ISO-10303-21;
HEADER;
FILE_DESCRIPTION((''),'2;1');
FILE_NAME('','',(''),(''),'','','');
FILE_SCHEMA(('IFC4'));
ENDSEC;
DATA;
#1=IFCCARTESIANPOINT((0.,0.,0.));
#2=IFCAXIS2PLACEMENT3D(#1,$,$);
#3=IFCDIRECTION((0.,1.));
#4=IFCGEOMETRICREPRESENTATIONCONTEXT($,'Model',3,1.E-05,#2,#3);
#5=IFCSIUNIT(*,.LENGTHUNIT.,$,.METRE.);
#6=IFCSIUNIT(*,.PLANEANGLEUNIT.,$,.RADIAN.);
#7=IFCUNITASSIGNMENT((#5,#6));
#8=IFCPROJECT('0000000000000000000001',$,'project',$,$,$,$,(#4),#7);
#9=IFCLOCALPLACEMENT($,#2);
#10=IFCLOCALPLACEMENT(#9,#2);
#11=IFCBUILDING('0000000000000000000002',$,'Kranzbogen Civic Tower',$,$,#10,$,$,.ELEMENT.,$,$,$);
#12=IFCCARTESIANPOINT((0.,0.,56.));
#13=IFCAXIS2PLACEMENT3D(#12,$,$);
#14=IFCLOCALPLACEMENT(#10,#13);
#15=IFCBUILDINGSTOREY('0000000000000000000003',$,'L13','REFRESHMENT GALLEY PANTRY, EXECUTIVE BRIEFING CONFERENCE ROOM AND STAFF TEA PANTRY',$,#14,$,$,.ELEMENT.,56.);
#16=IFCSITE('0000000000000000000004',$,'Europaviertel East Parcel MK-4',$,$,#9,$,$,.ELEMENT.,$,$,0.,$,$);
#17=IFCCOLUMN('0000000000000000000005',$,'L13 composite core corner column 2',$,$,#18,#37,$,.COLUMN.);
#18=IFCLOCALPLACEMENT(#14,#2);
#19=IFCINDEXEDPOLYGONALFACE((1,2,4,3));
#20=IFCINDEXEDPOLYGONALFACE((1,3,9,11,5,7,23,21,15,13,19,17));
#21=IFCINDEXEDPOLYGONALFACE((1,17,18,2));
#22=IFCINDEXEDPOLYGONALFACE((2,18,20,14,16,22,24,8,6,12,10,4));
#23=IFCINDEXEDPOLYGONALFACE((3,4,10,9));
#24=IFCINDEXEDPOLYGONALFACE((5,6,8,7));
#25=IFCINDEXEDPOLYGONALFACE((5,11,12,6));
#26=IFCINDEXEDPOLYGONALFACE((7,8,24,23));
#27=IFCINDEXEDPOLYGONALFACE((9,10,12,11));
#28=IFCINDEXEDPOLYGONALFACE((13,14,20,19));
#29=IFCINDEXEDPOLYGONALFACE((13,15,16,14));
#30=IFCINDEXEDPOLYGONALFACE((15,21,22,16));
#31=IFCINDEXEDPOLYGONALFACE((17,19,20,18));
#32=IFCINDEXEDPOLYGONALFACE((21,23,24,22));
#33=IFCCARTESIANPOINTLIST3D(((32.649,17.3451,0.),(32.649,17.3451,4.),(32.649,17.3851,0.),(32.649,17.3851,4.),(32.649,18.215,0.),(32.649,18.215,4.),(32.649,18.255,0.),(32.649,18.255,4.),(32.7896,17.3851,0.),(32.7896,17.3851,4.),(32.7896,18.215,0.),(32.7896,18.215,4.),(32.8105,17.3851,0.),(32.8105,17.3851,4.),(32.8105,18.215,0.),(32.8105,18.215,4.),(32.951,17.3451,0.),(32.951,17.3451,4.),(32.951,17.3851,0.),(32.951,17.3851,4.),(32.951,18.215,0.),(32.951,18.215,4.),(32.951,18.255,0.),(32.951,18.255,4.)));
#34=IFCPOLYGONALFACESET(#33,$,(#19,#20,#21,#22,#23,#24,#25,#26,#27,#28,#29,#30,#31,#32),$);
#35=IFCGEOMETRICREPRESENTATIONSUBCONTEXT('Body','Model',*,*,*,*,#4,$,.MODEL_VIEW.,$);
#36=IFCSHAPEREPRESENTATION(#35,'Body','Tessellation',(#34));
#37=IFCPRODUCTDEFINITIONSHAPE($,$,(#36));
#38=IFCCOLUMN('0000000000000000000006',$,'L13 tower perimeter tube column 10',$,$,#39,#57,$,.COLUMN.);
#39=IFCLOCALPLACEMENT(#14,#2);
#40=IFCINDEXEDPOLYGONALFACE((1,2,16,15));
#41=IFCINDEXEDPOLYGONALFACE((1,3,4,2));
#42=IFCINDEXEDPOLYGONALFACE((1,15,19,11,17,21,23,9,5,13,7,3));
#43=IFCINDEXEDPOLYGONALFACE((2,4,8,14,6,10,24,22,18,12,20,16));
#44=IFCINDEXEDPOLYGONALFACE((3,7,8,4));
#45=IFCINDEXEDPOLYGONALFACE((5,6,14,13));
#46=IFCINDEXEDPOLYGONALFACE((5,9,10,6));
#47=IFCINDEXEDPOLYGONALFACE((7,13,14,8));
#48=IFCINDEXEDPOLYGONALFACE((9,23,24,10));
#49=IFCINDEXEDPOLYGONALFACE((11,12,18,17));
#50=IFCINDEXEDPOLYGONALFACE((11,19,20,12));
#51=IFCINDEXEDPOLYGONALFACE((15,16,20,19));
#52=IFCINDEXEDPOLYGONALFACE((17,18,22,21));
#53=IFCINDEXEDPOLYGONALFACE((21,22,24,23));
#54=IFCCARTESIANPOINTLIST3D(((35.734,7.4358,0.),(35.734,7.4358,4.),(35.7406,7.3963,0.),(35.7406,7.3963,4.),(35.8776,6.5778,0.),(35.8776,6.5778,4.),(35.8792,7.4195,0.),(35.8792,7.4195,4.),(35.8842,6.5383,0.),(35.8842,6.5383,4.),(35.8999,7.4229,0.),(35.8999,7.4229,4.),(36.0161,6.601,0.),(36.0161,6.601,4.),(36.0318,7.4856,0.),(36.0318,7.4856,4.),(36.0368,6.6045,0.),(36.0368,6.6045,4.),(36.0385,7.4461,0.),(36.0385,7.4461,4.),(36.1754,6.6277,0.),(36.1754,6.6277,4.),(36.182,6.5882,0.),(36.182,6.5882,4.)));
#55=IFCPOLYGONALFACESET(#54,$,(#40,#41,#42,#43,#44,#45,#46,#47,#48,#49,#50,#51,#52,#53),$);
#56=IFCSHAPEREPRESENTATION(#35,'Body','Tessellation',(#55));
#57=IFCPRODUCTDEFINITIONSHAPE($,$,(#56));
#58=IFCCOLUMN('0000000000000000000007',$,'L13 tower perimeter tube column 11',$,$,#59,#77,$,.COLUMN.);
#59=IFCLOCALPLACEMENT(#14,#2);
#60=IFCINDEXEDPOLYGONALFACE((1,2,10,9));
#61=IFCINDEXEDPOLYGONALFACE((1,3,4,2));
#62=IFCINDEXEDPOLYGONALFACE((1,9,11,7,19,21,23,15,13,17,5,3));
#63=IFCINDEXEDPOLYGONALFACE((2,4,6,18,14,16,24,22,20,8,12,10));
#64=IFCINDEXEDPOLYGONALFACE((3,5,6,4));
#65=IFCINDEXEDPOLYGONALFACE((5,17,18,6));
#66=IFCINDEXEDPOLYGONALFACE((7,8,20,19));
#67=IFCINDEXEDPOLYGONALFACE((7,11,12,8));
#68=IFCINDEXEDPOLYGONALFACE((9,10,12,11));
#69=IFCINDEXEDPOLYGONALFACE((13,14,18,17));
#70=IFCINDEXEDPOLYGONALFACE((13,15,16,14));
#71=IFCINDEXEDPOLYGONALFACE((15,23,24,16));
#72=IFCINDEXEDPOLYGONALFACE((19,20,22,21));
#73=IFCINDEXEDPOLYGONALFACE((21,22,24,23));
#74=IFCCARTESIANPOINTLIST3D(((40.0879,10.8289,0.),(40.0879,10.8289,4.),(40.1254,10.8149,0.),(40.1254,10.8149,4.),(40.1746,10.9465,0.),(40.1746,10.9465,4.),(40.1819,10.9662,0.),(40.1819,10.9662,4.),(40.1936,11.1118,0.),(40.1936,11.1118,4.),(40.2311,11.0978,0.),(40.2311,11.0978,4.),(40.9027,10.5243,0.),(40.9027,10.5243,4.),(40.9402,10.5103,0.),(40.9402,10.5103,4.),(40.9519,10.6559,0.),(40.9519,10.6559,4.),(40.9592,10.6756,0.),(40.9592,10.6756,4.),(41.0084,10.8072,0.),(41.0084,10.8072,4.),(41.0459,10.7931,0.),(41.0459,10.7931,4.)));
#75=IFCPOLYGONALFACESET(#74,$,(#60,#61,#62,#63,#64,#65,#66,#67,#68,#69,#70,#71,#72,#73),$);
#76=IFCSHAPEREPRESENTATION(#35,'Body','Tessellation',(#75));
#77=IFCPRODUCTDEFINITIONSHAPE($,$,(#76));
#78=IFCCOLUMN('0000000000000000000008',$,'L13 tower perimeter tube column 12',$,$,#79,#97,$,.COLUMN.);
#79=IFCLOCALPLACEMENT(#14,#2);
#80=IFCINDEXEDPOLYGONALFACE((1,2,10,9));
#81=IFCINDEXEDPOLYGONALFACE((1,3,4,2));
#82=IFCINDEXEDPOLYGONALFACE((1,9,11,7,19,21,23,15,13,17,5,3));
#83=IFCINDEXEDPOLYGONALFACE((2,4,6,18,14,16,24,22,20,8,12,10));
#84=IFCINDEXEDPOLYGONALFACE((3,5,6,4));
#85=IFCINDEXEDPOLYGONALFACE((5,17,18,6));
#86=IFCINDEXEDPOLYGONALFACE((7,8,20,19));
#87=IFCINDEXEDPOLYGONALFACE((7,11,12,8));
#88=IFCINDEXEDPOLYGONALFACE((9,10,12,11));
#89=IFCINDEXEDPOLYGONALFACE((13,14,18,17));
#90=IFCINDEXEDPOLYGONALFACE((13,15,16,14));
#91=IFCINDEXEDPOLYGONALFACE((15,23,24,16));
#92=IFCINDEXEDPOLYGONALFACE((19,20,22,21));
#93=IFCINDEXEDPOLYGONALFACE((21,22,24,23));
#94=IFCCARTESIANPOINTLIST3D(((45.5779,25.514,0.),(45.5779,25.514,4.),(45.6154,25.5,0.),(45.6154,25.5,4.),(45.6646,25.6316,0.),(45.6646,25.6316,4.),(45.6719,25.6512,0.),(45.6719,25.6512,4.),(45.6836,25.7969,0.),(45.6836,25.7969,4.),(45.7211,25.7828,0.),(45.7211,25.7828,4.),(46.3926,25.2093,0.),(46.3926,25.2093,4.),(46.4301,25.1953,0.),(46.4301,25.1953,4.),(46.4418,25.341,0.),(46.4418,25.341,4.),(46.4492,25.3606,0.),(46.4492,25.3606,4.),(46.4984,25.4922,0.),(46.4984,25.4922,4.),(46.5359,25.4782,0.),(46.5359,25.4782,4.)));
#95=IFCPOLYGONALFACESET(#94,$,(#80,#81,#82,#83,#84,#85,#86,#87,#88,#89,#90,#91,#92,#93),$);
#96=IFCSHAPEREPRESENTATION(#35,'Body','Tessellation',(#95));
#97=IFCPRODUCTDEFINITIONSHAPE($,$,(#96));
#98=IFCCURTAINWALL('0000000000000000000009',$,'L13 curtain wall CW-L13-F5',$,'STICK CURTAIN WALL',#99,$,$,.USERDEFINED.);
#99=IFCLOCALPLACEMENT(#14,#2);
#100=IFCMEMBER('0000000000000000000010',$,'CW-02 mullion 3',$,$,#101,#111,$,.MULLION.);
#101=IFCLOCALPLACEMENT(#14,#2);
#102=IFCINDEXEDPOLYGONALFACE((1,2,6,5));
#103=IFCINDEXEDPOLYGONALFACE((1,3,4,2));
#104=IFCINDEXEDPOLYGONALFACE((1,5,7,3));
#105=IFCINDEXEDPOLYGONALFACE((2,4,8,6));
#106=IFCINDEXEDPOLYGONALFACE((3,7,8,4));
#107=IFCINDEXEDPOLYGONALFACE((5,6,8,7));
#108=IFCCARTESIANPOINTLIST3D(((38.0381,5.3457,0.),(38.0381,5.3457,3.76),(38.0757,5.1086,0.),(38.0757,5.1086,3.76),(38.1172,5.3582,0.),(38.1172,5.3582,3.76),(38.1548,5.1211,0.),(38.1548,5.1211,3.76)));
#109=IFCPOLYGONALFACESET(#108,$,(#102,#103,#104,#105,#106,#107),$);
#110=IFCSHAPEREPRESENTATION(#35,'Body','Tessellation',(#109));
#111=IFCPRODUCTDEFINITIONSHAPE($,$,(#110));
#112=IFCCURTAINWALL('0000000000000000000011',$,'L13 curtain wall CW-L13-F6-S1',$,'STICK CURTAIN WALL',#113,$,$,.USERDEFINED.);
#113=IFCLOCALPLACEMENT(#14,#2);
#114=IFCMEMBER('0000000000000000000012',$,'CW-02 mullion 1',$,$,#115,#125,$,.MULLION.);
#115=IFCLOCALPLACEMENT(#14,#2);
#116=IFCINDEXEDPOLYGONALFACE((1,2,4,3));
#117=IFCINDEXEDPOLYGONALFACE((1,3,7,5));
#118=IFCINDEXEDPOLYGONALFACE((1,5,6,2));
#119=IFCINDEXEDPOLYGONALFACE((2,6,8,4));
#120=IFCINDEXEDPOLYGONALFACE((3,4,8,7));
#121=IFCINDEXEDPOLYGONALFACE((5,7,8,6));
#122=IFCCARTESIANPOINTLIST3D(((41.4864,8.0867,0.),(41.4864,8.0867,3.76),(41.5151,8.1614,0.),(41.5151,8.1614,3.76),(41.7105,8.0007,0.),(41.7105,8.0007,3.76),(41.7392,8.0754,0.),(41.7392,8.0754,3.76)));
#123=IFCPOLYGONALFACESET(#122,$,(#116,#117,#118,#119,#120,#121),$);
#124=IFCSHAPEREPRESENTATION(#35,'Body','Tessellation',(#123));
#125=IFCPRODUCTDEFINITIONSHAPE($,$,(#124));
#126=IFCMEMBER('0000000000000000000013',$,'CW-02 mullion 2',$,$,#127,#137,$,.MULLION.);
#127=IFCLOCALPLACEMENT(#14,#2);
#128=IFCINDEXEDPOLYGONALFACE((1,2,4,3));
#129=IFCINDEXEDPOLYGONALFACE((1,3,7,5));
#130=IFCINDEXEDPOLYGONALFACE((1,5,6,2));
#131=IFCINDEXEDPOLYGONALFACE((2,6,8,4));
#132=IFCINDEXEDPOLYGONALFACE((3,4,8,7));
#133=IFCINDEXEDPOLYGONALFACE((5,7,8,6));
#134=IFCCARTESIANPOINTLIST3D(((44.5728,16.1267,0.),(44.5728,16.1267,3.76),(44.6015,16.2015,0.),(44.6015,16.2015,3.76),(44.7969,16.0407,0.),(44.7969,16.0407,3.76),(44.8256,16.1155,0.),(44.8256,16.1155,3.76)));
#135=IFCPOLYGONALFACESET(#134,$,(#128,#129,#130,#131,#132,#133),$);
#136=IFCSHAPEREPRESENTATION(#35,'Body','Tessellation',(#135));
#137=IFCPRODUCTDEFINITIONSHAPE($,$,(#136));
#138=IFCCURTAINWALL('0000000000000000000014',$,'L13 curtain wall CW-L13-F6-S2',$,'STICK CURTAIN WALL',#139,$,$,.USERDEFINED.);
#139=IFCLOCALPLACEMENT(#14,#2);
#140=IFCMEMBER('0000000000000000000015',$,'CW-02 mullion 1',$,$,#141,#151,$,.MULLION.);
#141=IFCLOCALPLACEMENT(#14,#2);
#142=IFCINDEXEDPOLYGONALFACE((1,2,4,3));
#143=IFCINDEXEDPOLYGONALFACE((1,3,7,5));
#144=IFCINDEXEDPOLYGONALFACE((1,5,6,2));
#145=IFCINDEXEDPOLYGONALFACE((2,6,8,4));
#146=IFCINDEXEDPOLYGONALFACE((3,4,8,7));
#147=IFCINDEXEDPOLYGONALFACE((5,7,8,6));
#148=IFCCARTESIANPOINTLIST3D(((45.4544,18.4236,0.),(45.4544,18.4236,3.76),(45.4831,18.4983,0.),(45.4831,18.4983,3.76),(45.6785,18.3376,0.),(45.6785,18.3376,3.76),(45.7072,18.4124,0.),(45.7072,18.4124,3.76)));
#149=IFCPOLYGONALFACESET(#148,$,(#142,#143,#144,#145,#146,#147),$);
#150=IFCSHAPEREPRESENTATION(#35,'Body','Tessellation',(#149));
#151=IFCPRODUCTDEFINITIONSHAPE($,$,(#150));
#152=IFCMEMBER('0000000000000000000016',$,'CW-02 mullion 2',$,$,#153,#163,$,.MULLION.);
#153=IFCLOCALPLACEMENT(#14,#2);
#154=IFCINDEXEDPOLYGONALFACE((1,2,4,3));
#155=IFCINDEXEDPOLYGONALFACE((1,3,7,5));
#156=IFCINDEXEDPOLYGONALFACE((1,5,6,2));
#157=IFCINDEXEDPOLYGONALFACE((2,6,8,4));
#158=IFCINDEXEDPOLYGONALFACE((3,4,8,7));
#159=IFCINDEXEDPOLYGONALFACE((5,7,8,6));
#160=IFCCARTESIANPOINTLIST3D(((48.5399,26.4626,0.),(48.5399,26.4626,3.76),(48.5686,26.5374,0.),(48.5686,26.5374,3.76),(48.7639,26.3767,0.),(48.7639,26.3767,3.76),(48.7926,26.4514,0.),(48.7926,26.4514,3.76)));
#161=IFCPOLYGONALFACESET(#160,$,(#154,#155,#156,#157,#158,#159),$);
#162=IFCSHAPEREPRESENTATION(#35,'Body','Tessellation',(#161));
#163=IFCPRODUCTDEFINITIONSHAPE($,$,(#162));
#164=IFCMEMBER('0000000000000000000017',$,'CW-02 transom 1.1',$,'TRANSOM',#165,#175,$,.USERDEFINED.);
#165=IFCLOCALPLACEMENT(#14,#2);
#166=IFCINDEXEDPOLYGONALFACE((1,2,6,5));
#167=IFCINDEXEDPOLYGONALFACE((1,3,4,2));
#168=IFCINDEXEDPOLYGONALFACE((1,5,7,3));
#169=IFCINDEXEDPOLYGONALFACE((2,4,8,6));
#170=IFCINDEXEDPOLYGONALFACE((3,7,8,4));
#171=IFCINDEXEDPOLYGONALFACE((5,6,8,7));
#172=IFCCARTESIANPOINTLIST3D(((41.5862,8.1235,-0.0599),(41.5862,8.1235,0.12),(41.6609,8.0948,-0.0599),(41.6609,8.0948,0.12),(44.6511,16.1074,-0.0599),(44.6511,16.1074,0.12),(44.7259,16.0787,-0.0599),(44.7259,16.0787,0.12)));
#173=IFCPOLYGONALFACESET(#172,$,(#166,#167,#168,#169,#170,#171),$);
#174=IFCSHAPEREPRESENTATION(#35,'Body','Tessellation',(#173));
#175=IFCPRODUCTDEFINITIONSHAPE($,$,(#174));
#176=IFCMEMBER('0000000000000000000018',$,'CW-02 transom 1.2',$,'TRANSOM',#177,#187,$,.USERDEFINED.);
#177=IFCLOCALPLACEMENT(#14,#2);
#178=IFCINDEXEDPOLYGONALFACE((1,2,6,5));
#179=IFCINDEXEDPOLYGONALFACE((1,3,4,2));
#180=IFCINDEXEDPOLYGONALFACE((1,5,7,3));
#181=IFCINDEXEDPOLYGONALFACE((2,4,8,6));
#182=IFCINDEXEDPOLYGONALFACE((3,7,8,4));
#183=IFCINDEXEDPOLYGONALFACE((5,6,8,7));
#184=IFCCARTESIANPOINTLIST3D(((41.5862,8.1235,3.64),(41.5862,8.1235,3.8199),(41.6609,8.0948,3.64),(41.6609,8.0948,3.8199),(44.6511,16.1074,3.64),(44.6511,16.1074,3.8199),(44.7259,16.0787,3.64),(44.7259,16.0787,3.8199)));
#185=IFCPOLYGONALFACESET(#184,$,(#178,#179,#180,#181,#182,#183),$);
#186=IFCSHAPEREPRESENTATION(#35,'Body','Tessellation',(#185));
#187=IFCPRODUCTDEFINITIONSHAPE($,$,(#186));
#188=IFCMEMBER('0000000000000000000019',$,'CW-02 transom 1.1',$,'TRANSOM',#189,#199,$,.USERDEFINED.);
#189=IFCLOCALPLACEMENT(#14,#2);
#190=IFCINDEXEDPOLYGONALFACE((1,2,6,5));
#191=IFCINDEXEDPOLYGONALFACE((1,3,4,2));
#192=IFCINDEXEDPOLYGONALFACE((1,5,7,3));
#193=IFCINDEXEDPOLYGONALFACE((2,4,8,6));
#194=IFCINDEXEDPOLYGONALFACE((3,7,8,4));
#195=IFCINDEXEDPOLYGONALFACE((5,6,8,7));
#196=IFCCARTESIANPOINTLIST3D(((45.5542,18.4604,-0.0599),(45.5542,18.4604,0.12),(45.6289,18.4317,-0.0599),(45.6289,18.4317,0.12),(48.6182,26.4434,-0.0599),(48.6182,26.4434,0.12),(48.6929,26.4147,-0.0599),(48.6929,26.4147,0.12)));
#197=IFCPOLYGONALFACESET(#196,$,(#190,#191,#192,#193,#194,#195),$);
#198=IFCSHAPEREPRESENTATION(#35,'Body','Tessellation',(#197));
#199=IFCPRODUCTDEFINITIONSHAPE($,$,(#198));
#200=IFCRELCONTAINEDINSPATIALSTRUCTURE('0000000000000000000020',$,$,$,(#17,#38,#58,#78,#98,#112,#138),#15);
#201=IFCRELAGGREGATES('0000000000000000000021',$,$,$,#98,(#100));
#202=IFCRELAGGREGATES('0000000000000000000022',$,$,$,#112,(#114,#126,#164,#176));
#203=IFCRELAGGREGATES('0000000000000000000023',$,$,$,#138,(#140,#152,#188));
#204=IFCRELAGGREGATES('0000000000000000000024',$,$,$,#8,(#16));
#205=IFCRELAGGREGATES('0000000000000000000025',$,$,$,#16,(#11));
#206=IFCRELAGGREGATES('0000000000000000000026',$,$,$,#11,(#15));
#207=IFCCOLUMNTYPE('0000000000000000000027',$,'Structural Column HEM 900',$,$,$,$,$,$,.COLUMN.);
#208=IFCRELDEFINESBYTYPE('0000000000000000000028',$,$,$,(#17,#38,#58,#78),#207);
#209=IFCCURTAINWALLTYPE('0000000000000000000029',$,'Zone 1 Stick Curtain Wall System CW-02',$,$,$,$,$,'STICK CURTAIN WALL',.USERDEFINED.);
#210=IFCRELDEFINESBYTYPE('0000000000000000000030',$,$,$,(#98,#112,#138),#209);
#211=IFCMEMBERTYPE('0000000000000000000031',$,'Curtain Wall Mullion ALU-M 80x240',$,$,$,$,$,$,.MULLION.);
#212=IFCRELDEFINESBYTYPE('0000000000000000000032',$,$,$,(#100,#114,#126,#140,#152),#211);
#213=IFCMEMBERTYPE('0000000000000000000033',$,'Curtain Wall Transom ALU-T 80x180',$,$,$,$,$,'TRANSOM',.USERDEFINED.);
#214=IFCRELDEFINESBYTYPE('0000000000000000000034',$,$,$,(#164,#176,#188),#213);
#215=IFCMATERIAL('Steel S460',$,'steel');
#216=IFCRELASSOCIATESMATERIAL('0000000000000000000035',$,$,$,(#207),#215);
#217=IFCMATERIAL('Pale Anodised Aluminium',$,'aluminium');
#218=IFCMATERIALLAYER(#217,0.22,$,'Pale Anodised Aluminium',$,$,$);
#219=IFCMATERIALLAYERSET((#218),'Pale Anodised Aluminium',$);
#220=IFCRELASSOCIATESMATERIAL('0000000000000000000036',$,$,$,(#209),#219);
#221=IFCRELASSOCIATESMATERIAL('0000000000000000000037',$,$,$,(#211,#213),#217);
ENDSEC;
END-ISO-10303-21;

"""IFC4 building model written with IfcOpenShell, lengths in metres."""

from ifc_helpers import new_model, si_unit, direction, frame, origin, origin_2d, place, context, subcontext, project, spatial, rectangle, i_section, extrude, material, layer, layer_set, material_profile, profile_set, type_object, element, aggregate, save


model = new_model("IFC4")

# Units and contexts
model_context = context("Model", 3, precision=1e-05, world=origin(), true_north=direction((0.0, 1.0)))
body_context = subcontext(model_context, "Body", "Model", "MODEL_VIEW")
ifc_project = project(units=[si_unit("LENGTHUNIT", "METRE"), si_unit("PLANEANGLEUNIT", "RADIAN")], contexts=[model_context])

# Site, building, storey
site_placement = place(None, origin())
site = spatial("IfcSite", under=ifc_project, at=site_placement, Name="Europaviertel East Parcel MK-4", CompositionType="ELEMENT", RefElevation=0.0)
building_placement = place(site_placement, origin())
building = spatial("IfcBuilding", under=site, at=building_placement, Name="Kranzbogen Civic Tower", CompositionType="ELEMENT")
storey_placement = place(building_placement, frame((0.0, 0.0, 56.0)))
storey = spatial("IfcBuildingStorey", under=building, at=storey_placement, Name="L13", Description="REFRESHMENT GALLEY PANTRY, EXECUTIVE BRIEFING CONFERENCE ROOM AND STAFF TEA PANTRY", CompositionType="ELEMENT", Elevation=56.0)

# Columns
ifc_material_1 = material(Name="Steel S460", Category="steel")
ifc_material_profile_1 = material_profile(ifc_material_1, i_section(OverallWidth=0.302, OverallDepth=0.9099, WebThickness=0.021, FlangeThickness=0.04, at=origin_2d()), Name="HEM 900")
ifc_profile_set_1 = profile_set([ifc_material_profile_1], Name="Steel S460")
column_type = type_object("IfcColumnType", Name="Structural Column HEM 900", PredefinedType="COLUMN", material=ifc_profile_set_1)
for number, where, z_axis, x_axis, name in (
    (1, (32.8, 17.8, 0.0), (0.0, 0.0, 1.0), (1.0, 0.0, 0.0), "L13 composite core corner column 2"),
    (2, (35.958, 7.012, 0.0), (0.0, 0.0, 1.0), (0.986286, 0.165048, 0.0), "L13 tower perimeter tube column 10"),
    (3, (40.5669, 10.811, 0.0), (0.0, 0.0, 1.0), (0.350207, 0.936672, 0.0), "L13 tower perimeter tube column 11"),
    (4, (46.0569, 25.4961, 0.0), (0.0, 0.0, 1.0), (0.350207, 0.936672, 0.0), "L13 tower perimeter tube column 12"),
):
    element("IfcColumn", number, at=place(storey_placement, frame(where, z_axis=z_axis, x_axis=x_axis)), inside=storey, type_object=column_type, Name=name, PredefinedType="COLUMN", context=body_context, shape_type="SweptSolid", body=[
        extrude(i_section(OverallWidth=0.302, OverallDepth=0.9099, WebThickness=0.021, FlangeThickness=0.04, at=origin_2d()), origin(), (0.0, 0.0, 1.0), 4.0),
    ])

# Curtain wall, member
ifc_material_2 = material(Name="Pale Anodised Aluminium", Category="aluminium")
ifc_layer_1 = layer(ifc_material_2, 0.22, Name="Pale Anodised Aluminium")
ifc_layer_set_1 = layer_set([ifc_layer_1], Name="Pale Anodised Aluminium")
curtain_wall_type = type_object("IfcCurtainWallType", Name="Zone 1 Stick Curtain Wall System CW-02", ElementType="STICK CURTAIN WALL", PredefinedType="USERDEFINED", material=ifc_layer_set_1)
curtain_wall_1_placement = place(storey_placement, origin())
curtain_wall_1 = element("IfcCurtainWall", 5, at=curtain_wall_1_placement, inside=storey, type_object=curtain_wall_type, Name="L13 curtain wall CW-L13-F5", ObjectType="STICK CURTAIN WALL", PredefinedType="USERDEFINED")
ifc_material_profile_2 = material_profile(ifc_material_2, rectangle(XDim=0.0801, YDim=0.24, at=origin_2d()), Name="ALU-M 80x240")
ifc_profile_set_2 = profile_set([ifc_material_profile_2], Name="Pale Anodised Aluminium")
member_type_1 = type_object("IfcMemberType", Name="Curtain Wall Mullion ALU-M 80x240", PredefinedType="MULLION", material=ifc_profile_set_2)
member_1_placement = place(storey_placement, frame((38.0964, 5.2334, 0.0), z_axis=(0.0, 0.0, 1.0), x_axis=(0.987687, 0.156444, 0.0)))
member_1 = element("IfcMember", 6, at=member_1_placement, type_object=member_type_1, Name="CW-02 mullion 3", PredefinedType="MULLION", context=body_context, shape_type="SweptSolid", body=[
    extrude(rectangle(XDim=0.0801, YDim=0.24, at=origin_2d()), origin(), (0.0, 0.0, 1.0), 3.76),
])

# Curtain walls, members
curtain_wall_2_placement = place(storey_placement, origin())
curtain_wall_2 = element("IfcCurtainWall", 7, at=curtain_wall_2_placement, inside=storey, type_object=curtain_wall_type, Name="L13 curtain wall CW-L13-F6-S1", ObjectType="STICK CURTAIN WALL", PredefinedType="USERDEFINED")
member_2_placement = place(storey_placement, frame((41.6128, 8.0811, 0.0), z_axis=(0.0, 0.0, 1.0), x_axis=(0.358392, 0.933571, 0.0)))
member_2 = element("IfcMember", 8, at=member_2_placement, type_object=member_type_1, Name="CW-02 mullion 1", PredefinedType="MULLION", context=body_context, shape_type="SweptSolid", body=[
    extrude(rectangle(XDim=0.0801, YDim=0.24, at=origin_2d()), origin(), (0.0, 0.0, 1.0), 3.76),
])
member_3_placement = place(storey_placement, frame((44.6992, 16.1211, 0.0), z_axis=(0.0, 0.0, 1.0), x_axis=(0.358392, 0.933571, 0.0)))
member_3 = element("IfcMember", 9, at=member_3_placement, type_object=member_type_1, Name="CW-02 mullion 2", PredefinedType="MULLION", context=body_context, shape_type="SweptSolid", body=[
    extrude(rectangle(XDim=0.0801, YDim=0.24, at=origin_2d()), origin(), (0.0, 0.0, 1.0), 3.76),
])
curtain_wall_3_placement = place(storey_placement, origin())
curtain_wall_3 = element("IfcCurtainWall", 10, at=curtain_wall_3_placement, inside=storey, type_object=curtain_wall_type, Name="L13 curtain wall CW-L13-F6-S2", ObjectType="STICK CURTAIN WALL", PredefinedType="USERDEFINED")
member_4_placement = place(storey_placement, frame((45.5808, 18.418, 0.0), z_axis=(0.0, 0.0, 1.0), x_axis=(0.35833, 0.933595, 0.0)))
member_4 = element("IfcMember", 11, at=member_4_placement, type_object=member_type_1, Name="CW-02 mullion 1", PredefinedType="MULLION", context=body_context, shape_type="SweptSolid", body=[
    extrude(rectangle(XDim=0.0801, YDim=0.24, at=origin_2d()), origin(), (0.0, 0.0, 1.0), 3.76),
])
member_5_placement = place(storey_placement, frame((48.6663, 26.457, 0.0), z_axis=(0.0, 0.0, 1.0), x_axis=(0.35833, 0.933595, 0.0)))
member_5 = element("IfcMember", 12, at=member_5_placement, type_object=member_type_1, Name="CW-02 mullion 2", PredefinedType="MULLION", context=body_context, shape_type="SweptSolid", body=[
    extrude(rectangle(XDim=0.0801, YDim=0.24, at=origin_2d()), origin(), (0.0, 0.0, 1.0), 3.76),
])

# Members
ifc_material_profile_3 = material_profile(ifc_material_2, rectangle(XDim=0.0801, YDim=0.1799, at=origin_2d()), Name="ALU-T 80x180")
ifc_profile_set_3 = profile_set([ifc_material_profile_3], Name="Pale Anodised Aluminium")
member_type_2 = type_object("IfcMemberType", Name="Curtain Wall Transom ALU-T 80x180", ElementType="TRANSOM", PredefinedType="USERDEFINED", material=ifc_profile_set_3)
member_6_placement = place(storey_placement, frame((41.6235, 8.1091, 0.03), z_axis=(0.35839, 0.933572, 0.0), x_axis=(-0.933572, 0.35839, 0.0)))
member_6 = element("IfcMember", 13, at=member_6_placement, type_object=member_type_2, Name="CW-02 transom 1.1", ObjectType="TRANSOM", PredefinedType="USERDEFINED", context=body_context, shape_type="SweptSolid", body=[
    extrude(rectangle(XDim=0.0801, YDim=0.1799, at=origin_2d()), origin(), (0.0, 0.0, 1.0), 8.552),
])
member_7_placement = place(storey_placement, frame((41.6235, 8.1091, 3.73), z_axis=(0.35839, 0.933572, 0.0), x_axis=(-0.933572, 0.35839, 0.0)))
member_7 = element("IfcMember", 14, at=member_7_placement, type_object=member_type_2, Name="CW-02 transom 1.2", ObjectType="TRANSOM", PredefinedType="USERDEFINED", context=body_context, shape_type="SweptSolid", body=[
    extrude(rectangle(XDim=0.0801, YDim=0.1799, at=origin_2d()), origin(), (0.0, 0.0, 1.0), 8.552),
])
member_8_placement = place(storey_placement, frame((45.5916, 18.446, 0.03), z_axis=(0.358328, 0.933596, 0.0), x_axis=(-0.933596, 0.358328, 0.0)))
member_8 = element("IfcMember", 15, at=member_8_placement, type_object=member_type_2, Name="CW-02 transom 1.1", ObjectType="TRANSOM", PredefinedType="USERDEFINED", context=body_context, shape_type="SweptSolid", body=[
    extrude(rectangle(XDim=0.0801, YDim=0.1799, at=origin_2d()), origin(), (0.0, 0.0, 1.0), 8.5508),
])

aggregate(curtain_wall_1, [member_1])
aggregate(curtain_wall_2, [member_2, member_3, member_6, member_7])
aggregate(curtain_wall_3, [member_4, member_5, member_8])

save(model, "model.ifc")
